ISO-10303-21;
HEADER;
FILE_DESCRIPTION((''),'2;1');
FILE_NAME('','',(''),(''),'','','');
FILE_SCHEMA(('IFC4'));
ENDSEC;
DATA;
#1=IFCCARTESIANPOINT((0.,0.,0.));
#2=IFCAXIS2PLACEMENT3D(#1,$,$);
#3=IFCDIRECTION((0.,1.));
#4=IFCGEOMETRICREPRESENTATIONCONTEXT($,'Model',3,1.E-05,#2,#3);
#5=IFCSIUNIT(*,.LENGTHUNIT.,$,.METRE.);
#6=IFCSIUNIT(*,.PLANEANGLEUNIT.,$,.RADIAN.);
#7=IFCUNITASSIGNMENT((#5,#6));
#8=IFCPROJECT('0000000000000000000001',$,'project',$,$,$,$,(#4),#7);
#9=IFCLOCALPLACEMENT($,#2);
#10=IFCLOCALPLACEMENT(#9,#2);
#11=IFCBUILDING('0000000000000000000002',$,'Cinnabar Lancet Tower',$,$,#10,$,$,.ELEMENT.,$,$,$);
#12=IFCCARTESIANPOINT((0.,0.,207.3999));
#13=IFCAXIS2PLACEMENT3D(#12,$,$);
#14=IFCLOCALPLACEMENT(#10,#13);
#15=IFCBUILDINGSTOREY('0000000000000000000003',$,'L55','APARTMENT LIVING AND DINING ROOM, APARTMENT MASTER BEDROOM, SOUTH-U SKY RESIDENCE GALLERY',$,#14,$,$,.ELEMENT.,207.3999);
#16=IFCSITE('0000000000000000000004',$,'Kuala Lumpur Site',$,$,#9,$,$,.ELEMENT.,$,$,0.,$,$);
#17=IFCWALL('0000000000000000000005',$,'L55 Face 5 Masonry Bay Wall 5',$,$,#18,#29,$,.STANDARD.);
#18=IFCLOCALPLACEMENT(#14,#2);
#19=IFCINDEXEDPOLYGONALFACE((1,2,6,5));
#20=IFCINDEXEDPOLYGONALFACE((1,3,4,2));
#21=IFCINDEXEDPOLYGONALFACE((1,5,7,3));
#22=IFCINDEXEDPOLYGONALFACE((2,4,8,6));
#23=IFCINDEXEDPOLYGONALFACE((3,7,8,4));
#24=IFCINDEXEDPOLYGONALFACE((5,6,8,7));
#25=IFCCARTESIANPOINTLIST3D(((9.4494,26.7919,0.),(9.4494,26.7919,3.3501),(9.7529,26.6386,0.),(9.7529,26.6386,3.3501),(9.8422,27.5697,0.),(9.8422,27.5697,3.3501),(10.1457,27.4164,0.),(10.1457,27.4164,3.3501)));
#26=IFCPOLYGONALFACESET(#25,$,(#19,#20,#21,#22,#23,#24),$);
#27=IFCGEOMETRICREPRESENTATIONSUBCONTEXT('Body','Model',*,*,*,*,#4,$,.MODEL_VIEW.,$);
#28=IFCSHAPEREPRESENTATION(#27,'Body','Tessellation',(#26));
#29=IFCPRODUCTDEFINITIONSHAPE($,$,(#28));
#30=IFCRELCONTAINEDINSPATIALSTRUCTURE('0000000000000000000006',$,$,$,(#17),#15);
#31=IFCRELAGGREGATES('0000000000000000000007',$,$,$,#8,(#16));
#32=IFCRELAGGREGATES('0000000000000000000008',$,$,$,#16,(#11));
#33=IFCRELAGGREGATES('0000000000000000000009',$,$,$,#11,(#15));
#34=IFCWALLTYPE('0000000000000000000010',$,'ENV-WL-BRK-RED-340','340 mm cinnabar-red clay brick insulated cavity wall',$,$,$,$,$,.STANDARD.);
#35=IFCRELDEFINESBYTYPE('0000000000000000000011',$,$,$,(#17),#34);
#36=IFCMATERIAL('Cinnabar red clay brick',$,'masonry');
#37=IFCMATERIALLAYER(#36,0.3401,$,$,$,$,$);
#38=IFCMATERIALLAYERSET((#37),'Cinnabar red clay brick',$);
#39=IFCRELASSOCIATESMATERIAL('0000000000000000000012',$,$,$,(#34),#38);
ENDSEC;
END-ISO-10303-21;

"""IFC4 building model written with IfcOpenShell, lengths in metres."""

from ifc_helpers import new_model, si_unit, direction, frame, frame_2d, origin, place, context, subcontext, project, spatial, rectangle, extrude, material, layer, layer_set, type_object, element, save


model = new_model("IFC4")

# Units and contexts
model_context = context("Model", 3, precision=1e-05, world=origin(), true_north=direction((0.0, 1.0)))
body_context = subcontext(model_context, "Body", "Model", "MODEL_VIEW")
ifc_project = project(units=[si_unit("LENGTHUNIT", "METRE"), si_unit("PLANEANGLEUNIT", "RADIAN")], contexts=[model_context])

# Site, building, storey
site_placement = place(None, origin())
site = spatial("IfcSite", under=ifc_project, at=site_placement, Name="Kuala Lumpur Site", CompositionType="ELEMENT", RefElevation=0.0)
building_placement = place(site_placement, origin())
building = spatial("IfcBuilding", under=site, at=building_placement, Name="Cinnabar Lancet Tower", CompositionType="ELEMENT")
storey_placement = place(building_placement, frame((0.0, 0.0, 207.3999)))
storey = spatial("IfcBuildingStorey", under=building, at=storey_placement, Name="L55", Description="APARTMENT LIVING AND DINING ROOM, APARTMENT MASTER BEDROOM, SOUTH-U SKY RESIDENCE GALLERY", CompositionType="ELEMENT", Elevation=207.3999)

# Shared definitions
ifc_material_1 = material(Name="Cinnabar red clay brick", Category="masonry")
ifc_layer_1 = layer(ifc_material_1, 0.3401)
ifc_layer_set_1 = layer_set([ifc_layer_1], Name="Cinnabar red clay brick")
wall_type_1 = type_object("IfcWallType", Name="ENV-WL-BRK-RED-340", Description="340 mm cinnabar-red clay brick insulated cavity wall", PredefinedType="STANDARD", material=ifc_layer_set_1)

# Wall
wall_1_placement = place(storey_placement, frame((9.9939, 27.4929, 0.0), z_axis=(0.0, 0.0, 1.0), x_axis=(-0.450796, -0.892627, 0.0)))
element("IfcWall", 1, at=wall_1_placement, inside=storey, type_object=wall_type_1, Name="L55 Face 5 Masonry Bay Wall 5", PredefinedType="STANDARD", context=body_context, shape_type="SweptSolid", body=[
    extrude(rectangle(XDim=0.8713, YDim=0.3401, at=frame_2d((0.4355, 0.0))), origin(), (0.0, 0.0, 1.0), 3.3501),
])

save(model, "model.ifc")
